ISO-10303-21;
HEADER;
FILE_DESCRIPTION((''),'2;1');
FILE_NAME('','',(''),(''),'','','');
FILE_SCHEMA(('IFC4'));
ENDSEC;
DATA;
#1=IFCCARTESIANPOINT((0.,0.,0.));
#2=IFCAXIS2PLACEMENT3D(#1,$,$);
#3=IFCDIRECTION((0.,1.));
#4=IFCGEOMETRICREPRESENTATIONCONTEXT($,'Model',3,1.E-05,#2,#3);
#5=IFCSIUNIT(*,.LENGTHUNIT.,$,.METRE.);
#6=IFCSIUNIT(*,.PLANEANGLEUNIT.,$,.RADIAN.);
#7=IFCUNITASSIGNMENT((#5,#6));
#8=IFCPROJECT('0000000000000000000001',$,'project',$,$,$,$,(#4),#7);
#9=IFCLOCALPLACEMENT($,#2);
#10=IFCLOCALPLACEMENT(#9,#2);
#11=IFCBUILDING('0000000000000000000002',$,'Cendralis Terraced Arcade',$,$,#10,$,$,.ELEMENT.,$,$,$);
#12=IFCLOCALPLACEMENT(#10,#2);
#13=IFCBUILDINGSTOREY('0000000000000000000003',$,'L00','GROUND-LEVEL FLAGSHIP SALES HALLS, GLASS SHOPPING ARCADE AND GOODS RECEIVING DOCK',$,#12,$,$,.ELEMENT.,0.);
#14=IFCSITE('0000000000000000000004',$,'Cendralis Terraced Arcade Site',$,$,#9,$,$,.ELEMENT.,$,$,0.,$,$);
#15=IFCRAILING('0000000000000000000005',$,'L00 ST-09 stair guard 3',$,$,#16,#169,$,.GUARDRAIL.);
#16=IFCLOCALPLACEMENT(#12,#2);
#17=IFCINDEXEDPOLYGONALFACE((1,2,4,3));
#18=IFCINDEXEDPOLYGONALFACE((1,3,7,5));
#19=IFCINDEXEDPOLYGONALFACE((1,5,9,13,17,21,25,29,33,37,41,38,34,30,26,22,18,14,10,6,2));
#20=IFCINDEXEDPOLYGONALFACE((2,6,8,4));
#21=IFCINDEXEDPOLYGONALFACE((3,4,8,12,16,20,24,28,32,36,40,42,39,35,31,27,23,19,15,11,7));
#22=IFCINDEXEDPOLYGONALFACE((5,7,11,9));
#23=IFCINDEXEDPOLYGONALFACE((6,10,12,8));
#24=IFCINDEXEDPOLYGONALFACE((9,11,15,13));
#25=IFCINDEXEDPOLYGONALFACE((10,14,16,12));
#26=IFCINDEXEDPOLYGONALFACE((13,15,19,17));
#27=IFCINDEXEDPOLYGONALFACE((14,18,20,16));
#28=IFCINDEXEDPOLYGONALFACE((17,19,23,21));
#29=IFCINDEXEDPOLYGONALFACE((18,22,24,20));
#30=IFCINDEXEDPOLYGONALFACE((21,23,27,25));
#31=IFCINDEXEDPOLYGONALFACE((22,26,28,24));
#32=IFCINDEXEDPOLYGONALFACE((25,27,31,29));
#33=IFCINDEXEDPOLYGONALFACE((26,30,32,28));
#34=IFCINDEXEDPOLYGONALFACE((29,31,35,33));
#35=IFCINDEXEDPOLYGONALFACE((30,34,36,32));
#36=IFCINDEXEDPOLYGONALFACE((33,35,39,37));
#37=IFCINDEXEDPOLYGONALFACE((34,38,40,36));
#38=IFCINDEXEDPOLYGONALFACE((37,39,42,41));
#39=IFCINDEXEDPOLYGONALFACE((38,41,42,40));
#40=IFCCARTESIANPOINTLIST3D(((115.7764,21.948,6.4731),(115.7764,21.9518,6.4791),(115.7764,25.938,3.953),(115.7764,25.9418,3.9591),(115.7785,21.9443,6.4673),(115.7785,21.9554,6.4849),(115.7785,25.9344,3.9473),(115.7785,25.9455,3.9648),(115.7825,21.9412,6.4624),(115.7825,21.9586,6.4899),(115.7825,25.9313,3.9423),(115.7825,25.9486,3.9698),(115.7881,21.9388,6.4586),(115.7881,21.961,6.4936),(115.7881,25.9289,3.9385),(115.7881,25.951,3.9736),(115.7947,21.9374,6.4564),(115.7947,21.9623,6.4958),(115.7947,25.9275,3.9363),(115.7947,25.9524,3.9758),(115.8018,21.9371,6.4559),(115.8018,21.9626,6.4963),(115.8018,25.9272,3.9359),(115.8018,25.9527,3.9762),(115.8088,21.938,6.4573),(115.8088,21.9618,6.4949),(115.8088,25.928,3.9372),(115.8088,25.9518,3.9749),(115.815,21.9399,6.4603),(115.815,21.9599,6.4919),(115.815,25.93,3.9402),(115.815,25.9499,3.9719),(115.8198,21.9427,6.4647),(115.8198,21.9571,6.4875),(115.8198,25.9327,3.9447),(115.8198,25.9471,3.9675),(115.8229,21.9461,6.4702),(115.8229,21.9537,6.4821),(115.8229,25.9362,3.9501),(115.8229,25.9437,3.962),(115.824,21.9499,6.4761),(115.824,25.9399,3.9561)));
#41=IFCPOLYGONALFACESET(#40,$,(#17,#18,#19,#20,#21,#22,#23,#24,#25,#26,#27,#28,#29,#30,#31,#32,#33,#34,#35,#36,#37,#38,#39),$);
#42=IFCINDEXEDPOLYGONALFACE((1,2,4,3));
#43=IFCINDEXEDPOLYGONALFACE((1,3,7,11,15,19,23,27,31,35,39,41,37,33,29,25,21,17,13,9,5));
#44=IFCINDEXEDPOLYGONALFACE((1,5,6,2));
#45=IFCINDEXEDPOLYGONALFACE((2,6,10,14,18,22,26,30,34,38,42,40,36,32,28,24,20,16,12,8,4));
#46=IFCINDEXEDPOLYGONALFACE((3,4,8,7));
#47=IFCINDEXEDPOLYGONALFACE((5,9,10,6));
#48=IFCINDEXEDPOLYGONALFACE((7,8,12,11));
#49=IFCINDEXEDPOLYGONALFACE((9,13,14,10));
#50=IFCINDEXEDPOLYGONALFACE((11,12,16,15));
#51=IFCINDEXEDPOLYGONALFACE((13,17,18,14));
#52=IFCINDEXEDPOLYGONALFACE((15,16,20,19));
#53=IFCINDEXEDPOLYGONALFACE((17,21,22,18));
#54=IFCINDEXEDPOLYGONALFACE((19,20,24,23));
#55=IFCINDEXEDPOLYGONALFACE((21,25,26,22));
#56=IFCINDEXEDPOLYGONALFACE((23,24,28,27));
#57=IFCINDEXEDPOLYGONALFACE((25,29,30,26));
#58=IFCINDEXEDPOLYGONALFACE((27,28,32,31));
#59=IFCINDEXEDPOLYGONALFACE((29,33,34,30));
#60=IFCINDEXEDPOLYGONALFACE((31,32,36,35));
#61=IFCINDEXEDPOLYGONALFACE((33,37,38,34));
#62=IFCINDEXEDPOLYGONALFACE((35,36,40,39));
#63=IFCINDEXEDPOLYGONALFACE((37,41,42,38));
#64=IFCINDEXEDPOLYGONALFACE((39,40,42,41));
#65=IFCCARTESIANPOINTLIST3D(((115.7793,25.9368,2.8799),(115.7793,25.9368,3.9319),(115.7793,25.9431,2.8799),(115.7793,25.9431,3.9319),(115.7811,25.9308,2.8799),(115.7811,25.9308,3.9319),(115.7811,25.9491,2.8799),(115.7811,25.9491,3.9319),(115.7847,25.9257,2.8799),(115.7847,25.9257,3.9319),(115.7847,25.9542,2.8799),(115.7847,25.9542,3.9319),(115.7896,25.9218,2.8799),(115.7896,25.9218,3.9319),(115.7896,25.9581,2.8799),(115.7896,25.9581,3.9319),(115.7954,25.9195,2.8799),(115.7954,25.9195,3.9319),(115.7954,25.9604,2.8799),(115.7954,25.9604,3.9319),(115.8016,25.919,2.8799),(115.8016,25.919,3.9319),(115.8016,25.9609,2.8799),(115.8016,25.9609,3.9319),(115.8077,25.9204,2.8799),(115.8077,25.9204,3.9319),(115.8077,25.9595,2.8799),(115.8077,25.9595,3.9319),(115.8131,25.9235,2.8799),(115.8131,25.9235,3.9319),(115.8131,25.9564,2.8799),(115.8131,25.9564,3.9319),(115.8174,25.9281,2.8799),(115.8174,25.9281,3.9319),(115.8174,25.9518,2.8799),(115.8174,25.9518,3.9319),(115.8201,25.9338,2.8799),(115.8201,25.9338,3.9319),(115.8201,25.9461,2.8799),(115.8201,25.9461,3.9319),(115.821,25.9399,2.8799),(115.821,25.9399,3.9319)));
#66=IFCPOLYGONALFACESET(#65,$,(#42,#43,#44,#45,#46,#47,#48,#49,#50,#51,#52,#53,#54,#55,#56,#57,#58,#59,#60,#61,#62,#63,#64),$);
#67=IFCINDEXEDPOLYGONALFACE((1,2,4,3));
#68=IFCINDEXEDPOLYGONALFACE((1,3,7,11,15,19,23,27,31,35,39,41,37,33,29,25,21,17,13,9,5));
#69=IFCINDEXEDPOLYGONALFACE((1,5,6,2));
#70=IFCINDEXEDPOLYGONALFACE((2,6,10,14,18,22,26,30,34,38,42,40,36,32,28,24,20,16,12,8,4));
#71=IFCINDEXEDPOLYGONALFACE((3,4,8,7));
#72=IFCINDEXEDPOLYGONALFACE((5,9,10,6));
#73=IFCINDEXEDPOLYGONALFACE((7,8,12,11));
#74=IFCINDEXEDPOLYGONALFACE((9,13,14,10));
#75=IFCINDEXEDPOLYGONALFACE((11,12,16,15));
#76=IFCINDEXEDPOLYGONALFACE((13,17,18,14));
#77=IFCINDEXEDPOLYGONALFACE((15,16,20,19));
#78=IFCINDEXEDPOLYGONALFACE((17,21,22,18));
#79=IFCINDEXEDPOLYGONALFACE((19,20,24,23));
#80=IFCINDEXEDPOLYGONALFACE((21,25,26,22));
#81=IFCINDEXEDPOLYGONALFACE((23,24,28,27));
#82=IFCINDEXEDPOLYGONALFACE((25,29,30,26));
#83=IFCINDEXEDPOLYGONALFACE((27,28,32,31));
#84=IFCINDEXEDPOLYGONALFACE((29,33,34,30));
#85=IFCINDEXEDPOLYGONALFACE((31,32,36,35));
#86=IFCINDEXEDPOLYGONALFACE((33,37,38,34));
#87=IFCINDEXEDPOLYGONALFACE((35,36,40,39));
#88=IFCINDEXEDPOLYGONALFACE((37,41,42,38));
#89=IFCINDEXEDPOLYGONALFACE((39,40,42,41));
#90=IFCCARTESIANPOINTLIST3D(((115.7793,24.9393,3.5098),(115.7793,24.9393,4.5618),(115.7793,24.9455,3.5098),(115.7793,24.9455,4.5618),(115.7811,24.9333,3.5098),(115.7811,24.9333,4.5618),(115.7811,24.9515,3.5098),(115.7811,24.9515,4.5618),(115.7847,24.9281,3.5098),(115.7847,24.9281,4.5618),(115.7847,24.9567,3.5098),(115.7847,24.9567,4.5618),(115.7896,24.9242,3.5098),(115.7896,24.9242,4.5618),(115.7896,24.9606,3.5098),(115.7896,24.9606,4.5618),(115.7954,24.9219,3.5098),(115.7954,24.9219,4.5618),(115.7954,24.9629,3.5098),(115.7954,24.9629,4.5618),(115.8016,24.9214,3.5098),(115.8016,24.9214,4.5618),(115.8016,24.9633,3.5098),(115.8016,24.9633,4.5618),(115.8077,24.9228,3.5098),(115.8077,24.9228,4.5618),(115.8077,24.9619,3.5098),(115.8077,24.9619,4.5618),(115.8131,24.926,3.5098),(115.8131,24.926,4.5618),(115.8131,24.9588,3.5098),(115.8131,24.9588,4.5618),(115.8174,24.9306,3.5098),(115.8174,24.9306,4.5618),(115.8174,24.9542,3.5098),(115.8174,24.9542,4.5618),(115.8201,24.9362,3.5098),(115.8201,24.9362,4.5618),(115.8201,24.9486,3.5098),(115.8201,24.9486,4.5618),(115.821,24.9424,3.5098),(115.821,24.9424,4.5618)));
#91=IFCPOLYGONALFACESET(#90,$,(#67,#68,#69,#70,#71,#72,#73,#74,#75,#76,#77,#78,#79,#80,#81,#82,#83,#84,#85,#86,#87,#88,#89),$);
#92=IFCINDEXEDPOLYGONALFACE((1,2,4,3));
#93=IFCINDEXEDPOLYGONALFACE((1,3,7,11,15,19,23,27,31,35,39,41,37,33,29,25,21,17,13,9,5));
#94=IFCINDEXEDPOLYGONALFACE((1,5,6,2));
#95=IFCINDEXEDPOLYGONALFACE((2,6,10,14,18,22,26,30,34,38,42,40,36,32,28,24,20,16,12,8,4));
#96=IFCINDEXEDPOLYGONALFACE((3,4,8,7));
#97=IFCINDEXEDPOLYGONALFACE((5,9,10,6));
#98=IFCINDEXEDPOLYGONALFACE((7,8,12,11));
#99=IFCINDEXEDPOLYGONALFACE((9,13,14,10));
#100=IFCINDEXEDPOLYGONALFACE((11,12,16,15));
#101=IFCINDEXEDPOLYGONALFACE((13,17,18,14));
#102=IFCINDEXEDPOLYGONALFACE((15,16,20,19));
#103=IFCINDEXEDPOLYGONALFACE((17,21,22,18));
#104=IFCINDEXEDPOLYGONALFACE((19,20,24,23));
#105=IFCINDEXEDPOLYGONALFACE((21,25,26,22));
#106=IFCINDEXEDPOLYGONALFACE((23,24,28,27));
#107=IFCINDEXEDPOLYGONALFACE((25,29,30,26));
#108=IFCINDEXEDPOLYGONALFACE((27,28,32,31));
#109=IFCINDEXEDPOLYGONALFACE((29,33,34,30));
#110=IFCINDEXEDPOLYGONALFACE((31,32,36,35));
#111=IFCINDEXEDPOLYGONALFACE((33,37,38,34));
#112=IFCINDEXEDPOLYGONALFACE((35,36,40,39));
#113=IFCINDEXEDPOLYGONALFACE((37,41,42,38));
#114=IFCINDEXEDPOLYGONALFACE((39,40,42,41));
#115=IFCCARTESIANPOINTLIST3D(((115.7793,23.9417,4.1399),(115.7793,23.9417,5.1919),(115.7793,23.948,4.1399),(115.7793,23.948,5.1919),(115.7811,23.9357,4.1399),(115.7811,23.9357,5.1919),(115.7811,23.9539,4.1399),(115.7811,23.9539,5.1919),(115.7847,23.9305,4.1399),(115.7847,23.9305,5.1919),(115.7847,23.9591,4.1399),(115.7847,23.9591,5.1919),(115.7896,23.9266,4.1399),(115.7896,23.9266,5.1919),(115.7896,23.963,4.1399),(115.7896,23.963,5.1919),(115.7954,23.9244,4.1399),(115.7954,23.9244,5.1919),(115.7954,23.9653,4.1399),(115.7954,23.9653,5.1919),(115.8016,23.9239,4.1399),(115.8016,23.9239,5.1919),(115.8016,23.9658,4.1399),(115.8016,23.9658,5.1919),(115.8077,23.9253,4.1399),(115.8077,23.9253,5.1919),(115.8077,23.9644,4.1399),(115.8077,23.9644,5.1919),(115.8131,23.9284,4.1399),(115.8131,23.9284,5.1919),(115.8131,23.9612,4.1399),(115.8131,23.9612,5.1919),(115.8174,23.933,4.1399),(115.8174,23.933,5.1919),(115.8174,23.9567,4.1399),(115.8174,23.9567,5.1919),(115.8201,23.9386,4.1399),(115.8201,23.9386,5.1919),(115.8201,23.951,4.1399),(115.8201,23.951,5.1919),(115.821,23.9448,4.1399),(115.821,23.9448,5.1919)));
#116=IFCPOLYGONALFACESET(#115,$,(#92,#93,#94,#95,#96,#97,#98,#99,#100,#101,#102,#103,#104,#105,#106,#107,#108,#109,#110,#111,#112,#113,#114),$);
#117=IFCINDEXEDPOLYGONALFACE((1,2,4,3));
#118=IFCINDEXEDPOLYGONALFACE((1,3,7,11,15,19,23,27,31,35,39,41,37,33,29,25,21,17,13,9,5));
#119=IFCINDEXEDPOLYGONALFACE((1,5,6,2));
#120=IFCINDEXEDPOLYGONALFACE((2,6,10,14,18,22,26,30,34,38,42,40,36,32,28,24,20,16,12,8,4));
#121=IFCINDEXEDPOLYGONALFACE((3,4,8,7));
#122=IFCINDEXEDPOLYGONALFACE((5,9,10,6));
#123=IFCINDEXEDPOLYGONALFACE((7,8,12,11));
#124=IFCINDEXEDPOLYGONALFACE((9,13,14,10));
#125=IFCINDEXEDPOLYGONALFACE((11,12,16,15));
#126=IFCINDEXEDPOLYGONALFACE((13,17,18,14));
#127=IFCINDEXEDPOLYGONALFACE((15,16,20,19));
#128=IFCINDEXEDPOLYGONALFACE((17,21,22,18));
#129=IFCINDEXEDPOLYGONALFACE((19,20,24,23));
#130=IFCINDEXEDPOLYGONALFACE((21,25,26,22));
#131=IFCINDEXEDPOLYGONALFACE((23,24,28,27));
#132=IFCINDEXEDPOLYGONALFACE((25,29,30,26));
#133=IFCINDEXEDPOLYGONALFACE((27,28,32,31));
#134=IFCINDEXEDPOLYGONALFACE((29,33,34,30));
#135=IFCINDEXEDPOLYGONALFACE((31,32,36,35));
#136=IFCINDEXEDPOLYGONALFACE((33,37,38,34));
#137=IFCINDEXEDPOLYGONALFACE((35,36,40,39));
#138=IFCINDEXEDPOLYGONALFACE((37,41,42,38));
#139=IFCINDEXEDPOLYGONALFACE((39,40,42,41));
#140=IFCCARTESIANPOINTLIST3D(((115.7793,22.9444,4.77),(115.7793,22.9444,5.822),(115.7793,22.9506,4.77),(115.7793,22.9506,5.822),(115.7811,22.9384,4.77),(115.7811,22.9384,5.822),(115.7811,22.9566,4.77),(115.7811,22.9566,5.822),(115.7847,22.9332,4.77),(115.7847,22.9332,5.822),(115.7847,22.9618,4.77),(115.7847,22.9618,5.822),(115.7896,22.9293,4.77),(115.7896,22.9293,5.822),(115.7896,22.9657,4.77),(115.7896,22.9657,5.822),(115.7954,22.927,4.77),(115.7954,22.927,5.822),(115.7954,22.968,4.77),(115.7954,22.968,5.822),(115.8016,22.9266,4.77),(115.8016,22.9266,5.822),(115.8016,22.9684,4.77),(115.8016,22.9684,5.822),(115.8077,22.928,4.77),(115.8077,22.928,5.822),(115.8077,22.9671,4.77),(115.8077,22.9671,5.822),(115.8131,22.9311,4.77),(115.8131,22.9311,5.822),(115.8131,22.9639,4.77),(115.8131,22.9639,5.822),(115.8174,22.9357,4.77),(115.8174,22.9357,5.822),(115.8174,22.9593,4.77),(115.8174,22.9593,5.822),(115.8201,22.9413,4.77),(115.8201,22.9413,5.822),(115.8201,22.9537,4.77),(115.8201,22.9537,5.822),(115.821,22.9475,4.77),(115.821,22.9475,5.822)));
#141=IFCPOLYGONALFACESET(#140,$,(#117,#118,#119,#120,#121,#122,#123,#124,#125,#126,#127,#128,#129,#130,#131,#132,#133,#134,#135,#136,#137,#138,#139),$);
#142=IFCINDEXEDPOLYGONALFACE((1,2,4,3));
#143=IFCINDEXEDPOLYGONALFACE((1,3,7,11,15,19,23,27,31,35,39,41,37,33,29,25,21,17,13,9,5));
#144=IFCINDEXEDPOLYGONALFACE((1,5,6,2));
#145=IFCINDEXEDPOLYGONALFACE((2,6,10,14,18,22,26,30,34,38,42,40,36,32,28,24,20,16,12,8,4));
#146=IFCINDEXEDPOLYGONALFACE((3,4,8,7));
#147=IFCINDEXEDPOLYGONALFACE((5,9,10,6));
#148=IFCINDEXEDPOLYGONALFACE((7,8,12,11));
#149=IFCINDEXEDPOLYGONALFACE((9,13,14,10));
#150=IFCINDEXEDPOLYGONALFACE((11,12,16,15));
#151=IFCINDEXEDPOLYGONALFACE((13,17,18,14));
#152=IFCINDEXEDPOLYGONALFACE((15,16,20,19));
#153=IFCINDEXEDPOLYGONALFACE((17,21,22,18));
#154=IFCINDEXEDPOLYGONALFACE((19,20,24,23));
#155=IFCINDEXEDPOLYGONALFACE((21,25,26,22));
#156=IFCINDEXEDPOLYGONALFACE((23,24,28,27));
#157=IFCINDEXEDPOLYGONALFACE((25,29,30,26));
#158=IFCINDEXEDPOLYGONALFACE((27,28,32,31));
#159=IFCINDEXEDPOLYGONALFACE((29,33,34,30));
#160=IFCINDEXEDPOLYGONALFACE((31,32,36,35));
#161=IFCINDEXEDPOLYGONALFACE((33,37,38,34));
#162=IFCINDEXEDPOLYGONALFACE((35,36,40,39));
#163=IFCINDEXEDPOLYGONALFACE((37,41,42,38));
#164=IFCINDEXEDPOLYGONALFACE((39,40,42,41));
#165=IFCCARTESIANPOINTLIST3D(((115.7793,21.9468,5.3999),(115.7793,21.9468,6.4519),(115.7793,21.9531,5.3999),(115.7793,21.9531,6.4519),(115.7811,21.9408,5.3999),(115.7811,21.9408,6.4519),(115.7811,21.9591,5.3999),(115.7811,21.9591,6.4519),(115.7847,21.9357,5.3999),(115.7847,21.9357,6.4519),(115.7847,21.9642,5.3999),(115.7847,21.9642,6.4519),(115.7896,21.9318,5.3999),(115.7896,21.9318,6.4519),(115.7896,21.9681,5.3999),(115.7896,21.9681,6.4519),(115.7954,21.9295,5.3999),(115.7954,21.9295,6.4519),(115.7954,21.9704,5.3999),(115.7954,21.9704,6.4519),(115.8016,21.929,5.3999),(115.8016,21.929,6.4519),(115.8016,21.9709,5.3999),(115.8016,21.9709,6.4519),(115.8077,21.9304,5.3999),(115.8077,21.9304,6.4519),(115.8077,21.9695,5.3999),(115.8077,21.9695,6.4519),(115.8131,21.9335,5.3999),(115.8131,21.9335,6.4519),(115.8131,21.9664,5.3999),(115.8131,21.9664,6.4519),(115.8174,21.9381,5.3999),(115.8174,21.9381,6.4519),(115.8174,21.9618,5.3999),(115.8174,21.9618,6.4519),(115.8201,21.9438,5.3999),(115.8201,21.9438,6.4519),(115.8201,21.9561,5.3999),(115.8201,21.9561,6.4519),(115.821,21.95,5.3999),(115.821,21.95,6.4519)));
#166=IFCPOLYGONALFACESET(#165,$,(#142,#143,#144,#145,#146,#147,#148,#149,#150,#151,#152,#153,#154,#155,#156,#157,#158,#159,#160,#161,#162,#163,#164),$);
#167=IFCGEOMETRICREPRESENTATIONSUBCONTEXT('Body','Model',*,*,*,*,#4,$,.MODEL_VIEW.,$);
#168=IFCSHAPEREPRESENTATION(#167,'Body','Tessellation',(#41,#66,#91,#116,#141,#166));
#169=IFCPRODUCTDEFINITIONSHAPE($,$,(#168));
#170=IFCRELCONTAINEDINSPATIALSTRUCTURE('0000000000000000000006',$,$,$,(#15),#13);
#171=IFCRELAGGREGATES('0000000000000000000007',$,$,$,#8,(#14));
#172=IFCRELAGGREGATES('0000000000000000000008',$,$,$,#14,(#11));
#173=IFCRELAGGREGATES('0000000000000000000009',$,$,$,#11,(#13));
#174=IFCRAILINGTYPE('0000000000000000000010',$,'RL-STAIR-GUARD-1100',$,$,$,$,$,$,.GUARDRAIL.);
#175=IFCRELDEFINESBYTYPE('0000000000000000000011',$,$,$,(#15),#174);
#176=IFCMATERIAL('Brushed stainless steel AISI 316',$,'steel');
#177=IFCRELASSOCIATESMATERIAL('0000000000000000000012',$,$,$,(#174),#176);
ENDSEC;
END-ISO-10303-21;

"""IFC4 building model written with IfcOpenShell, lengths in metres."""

from ifc_helpers import new_model, si_unit, direction, frame, origin, origin_2d, place, context, subcontext, project, spatial, circle, extrude, material, type_object, element, save


model = new_model("IFC4")

# Units and contexts
model_context = context("Model", 3, precision=1e-05, world=origin(), true_north=direction((0.0, 1.0)))
body_context = subcontext(model_context, "Body", "Model", "MODEL_VIEW")
ifc_project = project(units=[si_unit("LENGTHUNIT", "METRE"), si_unit("PLANEANGLEUNIT", "RADIAN")], contexts=[model_context])

# Site, building, storey
site_placement = place(None, origin())
site = spatial("IfcSite", under=ifc_project, at=site_placement, Name="Cendralis Terraced Arcade Site", CompositionType="ELEMENT", RefElevation=0.0)
building_placement = place(site_placement, origin())
building = spatial("IfcBuilding", under=site, at=building_placement, Name="Cendralis Terraced Arcade", CompositionType="ELEMENT")
storey_placement = place(building_placement, origin())
storey = spatial("IfcBuildingStorey", under=building, at=storey_placement, Name="L00", Description="GROUND-LEVEL FLAGSHIP SALES HALLS, GLASS SHOPPING ARCADE AND GOODS RECEIVING DOCK", CompositionType="ELEMENT", Elevation=0.0)

# Railing
ifc_material_1 = material(Name="Brushed stainless steel AISI 316", Category="steel")
railing_type_1 = type_object("IfcRailingType", Name="RL-STAIR-GUARD-1100", PredefinedType="GUARDRAIL", material=ifc_material_1)
railing_1_placement = place(storey_placement, frame((115.8, 25.9399, 2.8799)))
element("IfcRailing", 1, at=railing_1_placement, inside=storey, type_object=railing_type_1, Name="L00 ST-09 stair guard 3", PredefinedType="GUARDRAIL", context=body_context, shape_type="SweptSolid", body=[
    extrude(circle(Radius=0.0239, at=origin_2d()), frame((0.0, 0.0, 1.0762), z_axis=(0.0, -0.845486, 0.533997), x_axis=(1.0, 0.0, 0.0)), (0.0, 0.0, 1.0), 4.7192),
    extrude(circle(Radius=0.021, at=origin_2d()), origin(), (0.0, 0.0, 1.0), 1.052),
    extrude(circle(Radius=0.021, at=origin_2d()), frame((0.0, -0.9976, 0.6299)), (0.0, 0.0, 1.0), 1.052),
    extrude(circle(Radius=0.021, at=origin_2d()), frame((0.0, -1.9951, 1.26)), (0.0, 0.0, 1.0), 1.052),
    extrude(circle(Radius=0.021, at=origin_2d()), frame((0.0, -2.9924, 1.8901)), (0.0, 0.0, 1.0), 1.052),
    extrude(circle(Radius=0.021, at=origin_2d()), frame((0.0, -3.99, 2.52)), (0.0, 0.0, 1.0), 1.052),
])

save(model, "model.ifc")
